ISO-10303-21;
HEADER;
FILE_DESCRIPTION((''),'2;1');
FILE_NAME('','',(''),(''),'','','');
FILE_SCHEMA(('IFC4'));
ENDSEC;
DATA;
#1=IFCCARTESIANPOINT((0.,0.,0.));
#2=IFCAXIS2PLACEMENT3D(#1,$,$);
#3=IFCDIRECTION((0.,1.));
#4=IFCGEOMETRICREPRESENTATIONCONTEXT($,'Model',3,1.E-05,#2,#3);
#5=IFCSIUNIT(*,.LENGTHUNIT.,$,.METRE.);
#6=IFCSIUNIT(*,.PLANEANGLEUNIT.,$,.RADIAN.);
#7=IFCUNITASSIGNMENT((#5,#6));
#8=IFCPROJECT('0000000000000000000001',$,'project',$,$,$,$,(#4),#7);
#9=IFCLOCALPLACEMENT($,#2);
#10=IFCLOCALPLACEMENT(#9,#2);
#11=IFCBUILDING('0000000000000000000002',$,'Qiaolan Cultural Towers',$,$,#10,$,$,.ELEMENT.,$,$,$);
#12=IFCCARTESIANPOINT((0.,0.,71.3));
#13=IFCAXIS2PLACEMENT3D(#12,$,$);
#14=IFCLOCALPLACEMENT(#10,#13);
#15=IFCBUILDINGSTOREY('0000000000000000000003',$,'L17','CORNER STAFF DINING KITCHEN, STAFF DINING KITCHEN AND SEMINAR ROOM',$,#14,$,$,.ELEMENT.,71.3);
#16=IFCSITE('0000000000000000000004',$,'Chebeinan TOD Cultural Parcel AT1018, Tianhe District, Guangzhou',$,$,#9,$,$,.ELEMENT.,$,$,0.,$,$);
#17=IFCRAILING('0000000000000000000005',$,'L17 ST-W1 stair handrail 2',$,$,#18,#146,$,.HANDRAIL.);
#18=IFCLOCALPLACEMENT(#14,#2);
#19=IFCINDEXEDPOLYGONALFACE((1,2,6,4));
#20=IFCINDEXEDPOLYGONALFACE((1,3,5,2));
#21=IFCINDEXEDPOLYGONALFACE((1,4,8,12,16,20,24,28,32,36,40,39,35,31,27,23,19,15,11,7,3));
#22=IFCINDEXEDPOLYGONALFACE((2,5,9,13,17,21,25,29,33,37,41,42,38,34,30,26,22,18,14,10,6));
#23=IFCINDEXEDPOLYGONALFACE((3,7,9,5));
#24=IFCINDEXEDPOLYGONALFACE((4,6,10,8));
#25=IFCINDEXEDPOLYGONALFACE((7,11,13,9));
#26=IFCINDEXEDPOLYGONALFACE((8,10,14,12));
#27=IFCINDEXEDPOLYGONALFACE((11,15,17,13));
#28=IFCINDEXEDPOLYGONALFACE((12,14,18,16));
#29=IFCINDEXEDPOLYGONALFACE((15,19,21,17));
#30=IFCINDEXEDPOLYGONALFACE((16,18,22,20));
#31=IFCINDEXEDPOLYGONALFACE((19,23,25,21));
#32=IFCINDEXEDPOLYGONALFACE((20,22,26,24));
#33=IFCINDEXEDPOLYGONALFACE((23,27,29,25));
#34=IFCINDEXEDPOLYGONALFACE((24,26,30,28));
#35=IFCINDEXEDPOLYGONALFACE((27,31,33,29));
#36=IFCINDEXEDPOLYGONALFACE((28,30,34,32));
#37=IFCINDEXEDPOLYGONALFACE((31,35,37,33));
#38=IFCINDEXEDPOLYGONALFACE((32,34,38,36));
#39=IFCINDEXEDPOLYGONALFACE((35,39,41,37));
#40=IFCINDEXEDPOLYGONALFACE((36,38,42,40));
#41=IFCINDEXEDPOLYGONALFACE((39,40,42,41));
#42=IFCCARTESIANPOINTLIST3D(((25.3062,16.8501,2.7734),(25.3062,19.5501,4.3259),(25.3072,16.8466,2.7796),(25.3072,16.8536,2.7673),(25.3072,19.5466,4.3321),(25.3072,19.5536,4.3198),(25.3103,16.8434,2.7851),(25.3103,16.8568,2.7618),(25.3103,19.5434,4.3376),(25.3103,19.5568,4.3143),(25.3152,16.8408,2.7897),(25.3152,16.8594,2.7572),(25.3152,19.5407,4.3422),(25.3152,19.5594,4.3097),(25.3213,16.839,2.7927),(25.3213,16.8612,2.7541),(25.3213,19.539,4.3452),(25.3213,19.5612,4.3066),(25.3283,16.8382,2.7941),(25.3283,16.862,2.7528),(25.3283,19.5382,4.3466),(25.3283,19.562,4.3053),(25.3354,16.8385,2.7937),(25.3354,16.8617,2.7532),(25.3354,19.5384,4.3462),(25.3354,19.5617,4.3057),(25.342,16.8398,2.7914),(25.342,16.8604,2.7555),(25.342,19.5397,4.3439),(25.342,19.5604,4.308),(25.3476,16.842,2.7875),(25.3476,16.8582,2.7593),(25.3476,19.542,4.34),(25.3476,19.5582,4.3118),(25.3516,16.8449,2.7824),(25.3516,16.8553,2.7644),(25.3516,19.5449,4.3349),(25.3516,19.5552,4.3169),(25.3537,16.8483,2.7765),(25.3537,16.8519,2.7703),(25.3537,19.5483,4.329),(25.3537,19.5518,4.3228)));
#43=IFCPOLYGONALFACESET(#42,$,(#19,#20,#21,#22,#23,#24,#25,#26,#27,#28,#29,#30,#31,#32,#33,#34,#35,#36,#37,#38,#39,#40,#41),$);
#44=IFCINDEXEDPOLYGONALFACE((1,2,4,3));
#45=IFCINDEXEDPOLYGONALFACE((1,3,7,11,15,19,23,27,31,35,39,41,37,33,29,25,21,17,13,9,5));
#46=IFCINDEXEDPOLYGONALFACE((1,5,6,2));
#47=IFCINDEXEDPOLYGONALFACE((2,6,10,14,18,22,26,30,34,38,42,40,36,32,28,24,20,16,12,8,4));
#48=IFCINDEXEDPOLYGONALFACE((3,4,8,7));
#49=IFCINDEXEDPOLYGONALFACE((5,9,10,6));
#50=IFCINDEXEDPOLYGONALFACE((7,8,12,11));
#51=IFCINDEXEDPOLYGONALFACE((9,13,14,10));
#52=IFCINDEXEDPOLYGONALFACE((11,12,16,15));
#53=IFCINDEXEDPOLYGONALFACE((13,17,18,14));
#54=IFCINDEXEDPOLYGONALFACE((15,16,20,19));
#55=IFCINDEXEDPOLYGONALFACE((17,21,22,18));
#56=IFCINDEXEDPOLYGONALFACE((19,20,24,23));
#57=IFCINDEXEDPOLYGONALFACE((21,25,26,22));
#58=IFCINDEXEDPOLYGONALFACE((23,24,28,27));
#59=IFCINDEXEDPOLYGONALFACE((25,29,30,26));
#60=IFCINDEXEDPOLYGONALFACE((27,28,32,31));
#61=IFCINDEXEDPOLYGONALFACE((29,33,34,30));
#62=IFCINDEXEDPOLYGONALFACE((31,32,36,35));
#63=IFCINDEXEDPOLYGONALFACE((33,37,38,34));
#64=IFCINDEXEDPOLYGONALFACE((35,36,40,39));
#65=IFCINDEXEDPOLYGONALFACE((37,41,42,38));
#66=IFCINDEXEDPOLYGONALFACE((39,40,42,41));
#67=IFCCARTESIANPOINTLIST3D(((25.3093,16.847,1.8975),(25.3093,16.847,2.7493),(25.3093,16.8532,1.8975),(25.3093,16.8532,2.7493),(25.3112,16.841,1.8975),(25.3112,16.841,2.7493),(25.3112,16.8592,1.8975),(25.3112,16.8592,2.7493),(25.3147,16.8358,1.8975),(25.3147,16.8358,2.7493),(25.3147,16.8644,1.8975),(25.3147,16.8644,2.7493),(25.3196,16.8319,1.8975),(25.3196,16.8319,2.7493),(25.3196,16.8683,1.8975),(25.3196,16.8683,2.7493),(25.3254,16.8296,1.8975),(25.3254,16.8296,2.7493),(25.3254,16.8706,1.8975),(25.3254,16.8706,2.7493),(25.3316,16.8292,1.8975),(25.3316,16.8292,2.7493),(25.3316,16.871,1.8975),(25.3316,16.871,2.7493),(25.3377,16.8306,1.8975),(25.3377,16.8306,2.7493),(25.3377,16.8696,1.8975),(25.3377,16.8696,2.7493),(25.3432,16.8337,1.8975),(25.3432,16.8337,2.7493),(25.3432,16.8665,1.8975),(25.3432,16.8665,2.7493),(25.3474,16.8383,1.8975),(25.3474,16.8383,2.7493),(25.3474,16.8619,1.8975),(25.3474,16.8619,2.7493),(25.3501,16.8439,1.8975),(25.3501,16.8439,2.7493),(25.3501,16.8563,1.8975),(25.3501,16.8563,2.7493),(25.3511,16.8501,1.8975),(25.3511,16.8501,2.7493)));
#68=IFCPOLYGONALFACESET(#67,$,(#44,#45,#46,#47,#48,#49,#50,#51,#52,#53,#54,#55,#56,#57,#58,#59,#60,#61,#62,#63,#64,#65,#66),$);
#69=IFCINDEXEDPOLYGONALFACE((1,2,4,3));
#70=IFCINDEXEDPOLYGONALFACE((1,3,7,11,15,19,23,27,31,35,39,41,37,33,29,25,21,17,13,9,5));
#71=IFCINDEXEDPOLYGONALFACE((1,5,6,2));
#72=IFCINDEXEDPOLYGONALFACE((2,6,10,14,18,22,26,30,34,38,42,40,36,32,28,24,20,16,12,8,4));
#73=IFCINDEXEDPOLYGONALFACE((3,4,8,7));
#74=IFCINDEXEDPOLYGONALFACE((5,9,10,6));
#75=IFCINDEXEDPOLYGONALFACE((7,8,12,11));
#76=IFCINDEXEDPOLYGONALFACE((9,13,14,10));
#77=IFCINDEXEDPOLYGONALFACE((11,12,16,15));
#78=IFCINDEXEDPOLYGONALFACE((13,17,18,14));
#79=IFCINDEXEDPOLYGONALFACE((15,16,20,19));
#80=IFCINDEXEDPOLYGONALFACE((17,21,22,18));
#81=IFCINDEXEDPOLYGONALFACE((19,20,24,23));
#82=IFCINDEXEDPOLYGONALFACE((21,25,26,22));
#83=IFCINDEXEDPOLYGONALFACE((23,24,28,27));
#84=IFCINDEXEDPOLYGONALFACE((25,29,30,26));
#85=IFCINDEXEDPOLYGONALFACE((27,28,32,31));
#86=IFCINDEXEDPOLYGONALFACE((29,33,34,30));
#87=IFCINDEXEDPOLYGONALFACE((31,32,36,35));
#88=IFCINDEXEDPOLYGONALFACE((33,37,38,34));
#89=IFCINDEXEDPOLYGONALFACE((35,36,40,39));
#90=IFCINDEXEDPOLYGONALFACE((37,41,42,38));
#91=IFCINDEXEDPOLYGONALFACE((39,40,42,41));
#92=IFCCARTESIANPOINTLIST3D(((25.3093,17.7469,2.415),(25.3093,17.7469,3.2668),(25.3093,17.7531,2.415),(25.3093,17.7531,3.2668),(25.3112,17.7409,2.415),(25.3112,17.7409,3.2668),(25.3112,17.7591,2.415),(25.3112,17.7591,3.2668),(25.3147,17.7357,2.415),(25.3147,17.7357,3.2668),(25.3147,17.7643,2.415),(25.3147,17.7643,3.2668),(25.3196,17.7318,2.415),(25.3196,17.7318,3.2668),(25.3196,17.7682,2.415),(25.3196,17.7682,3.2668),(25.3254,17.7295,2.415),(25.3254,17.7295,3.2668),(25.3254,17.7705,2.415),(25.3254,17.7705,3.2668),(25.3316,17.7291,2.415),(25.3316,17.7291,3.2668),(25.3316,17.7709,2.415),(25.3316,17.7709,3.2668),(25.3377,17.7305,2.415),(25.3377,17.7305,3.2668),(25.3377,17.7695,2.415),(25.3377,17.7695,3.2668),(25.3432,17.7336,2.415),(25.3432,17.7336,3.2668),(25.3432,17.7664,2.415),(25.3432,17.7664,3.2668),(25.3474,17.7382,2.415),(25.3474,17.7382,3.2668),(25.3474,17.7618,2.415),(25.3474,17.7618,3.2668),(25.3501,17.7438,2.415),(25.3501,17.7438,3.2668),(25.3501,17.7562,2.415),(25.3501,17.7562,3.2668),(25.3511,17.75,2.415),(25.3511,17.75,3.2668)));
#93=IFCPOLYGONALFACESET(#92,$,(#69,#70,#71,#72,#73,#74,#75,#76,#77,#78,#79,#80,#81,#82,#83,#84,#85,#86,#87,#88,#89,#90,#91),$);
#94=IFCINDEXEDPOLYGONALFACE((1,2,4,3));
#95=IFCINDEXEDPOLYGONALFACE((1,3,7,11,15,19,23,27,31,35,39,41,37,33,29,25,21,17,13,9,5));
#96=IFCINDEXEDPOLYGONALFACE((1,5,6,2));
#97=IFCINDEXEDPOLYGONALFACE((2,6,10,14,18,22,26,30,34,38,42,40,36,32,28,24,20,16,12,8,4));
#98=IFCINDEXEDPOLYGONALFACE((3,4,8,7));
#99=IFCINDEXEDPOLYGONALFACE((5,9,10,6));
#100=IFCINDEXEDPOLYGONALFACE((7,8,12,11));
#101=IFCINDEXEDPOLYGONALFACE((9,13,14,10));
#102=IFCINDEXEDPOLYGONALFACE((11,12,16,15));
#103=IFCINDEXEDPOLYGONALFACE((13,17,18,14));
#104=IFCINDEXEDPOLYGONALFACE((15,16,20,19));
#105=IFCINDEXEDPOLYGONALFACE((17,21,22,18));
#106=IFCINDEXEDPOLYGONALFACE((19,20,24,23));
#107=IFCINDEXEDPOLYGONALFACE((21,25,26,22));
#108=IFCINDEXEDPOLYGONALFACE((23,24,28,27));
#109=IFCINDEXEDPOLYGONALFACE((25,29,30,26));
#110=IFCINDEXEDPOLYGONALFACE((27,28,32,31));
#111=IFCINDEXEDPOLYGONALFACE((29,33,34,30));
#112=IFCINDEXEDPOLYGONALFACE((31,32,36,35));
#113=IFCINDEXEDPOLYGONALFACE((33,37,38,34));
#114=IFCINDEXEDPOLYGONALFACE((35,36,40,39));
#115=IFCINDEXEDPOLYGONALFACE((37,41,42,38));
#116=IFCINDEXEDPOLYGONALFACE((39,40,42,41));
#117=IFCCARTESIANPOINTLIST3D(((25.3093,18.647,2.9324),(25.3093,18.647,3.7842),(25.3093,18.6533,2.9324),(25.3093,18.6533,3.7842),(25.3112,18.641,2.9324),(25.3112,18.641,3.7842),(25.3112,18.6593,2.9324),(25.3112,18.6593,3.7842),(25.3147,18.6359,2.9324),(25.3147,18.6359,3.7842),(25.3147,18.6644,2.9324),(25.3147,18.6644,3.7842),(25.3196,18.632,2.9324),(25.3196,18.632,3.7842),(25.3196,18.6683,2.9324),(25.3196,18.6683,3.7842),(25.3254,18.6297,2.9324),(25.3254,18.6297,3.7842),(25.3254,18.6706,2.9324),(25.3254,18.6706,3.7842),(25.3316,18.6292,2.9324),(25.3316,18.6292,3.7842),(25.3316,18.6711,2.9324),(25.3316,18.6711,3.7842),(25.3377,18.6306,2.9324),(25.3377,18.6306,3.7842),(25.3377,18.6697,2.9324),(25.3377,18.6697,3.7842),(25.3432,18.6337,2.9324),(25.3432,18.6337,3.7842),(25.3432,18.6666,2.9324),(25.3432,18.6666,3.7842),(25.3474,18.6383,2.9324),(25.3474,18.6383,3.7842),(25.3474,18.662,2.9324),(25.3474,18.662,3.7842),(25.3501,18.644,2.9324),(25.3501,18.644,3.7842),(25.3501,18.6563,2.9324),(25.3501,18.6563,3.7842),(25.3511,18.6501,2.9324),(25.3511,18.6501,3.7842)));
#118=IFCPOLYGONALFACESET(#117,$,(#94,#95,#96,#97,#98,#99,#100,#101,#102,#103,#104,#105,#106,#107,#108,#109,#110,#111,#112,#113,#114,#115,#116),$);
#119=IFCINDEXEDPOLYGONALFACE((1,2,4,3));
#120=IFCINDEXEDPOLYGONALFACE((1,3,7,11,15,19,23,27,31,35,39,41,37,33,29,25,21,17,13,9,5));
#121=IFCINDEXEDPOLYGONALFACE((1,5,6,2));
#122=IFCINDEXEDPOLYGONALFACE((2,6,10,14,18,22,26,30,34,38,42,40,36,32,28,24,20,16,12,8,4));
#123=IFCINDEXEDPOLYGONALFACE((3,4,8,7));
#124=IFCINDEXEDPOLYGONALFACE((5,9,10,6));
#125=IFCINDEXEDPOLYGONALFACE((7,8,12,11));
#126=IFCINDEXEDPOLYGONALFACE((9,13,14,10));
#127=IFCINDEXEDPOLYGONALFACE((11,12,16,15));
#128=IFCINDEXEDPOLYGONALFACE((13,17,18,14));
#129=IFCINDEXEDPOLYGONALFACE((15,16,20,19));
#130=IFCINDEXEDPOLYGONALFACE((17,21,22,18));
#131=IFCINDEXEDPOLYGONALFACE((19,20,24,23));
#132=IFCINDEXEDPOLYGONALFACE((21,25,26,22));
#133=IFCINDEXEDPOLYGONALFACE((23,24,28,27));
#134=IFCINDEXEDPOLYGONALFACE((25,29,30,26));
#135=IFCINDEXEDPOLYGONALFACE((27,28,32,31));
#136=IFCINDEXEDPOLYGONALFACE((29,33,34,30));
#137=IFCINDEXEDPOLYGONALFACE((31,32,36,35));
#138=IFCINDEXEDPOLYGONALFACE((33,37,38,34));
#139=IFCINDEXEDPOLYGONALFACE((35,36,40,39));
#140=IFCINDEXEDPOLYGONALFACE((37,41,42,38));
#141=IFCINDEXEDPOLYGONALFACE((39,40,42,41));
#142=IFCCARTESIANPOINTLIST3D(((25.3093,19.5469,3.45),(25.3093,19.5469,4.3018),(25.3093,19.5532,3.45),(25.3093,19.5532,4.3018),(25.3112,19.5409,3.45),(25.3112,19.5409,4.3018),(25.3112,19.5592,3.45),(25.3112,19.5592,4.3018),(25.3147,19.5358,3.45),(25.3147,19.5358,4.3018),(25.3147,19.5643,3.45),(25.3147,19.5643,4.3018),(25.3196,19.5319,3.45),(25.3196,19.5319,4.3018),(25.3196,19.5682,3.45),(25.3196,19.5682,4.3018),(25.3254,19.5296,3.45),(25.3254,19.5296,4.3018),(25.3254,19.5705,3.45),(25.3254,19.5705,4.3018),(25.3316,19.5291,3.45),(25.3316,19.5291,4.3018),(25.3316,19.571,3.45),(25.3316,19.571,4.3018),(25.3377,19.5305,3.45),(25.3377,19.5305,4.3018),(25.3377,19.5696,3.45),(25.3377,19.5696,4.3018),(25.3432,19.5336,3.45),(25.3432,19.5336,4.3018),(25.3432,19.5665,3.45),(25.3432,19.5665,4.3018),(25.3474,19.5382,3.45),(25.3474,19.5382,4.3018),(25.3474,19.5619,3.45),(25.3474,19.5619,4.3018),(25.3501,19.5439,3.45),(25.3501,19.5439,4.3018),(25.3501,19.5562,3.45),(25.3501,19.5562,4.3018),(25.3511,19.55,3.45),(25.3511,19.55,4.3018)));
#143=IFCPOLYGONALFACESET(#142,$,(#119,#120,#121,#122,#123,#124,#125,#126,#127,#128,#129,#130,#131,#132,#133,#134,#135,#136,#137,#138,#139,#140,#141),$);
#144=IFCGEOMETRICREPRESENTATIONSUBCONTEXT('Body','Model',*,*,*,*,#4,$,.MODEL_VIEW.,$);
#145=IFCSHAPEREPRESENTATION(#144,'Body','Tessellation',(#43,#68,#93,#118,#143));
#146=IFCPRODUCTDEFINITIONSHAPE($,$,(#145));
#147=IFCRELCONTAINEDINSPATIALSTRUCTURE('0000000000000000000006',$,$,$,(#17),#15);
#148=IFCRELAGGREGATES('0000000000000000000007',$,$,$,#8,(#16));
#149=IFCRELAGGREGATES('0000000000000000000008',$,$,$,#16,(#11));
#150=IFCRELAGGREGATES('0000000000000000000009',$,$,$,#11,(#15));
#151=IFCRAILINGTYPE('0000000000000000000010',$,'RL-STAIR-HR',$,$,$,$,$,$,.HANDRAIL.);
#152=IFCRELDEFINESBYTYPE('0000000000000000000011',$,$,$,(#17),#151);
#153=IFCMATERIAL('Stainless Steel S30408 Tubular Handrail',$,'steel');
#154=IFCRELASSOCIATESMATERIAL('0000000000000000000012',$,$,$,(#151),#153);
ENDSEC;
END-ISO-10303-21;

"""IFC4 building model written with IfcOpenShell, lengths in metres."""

from ifc_helpers import new_model, si_unit, direction, frame, origin, origin_2d, place, context, subcontext, project, spatial, circle, extrude, material, type_object, element, save


model = new_model("IFC4")

# Units and contexts
model_context = context("Model", 3, precision=1e-05, world=origin(), true_north=direction((0.0, 1.0)))
body_context = subcontext(model_context, "Body", "Model", "MODEL_VIEW")
ifc_project = project(units=[si_unit("LENGTHUNIT", "METRE"), si_unit("PLANEANGLEUNIT", "RADIAN")], contexts=[model_context])

# Site, building, storey
site_placement = place(None, origin())
site = spatial("IfcSite", under=ifc_project, at=site_placement, Name="Chebeinan TOD Cultural Parcel AT1018, Tianhe District, Guangzhou", CompositionType="ELEMENT", RefElevation=0.0)
building_placement = place(site_placement, origin())
building = spatial("IfcBuilding", under=site, at=building_placement, Name="Qiaolan Cultural Towers", CompositionType="ELEMENT")
storey_placement = place(building_placement, frame((0.0, 0.0, 71.3)))
storey = spatial("IfcBuildingStorey", under=building, at=storey_placement, Name="L17", Description="CORNER STAFF DINING KITCHEN, STAFF DINING KITCHEN AND SEMINAR ROOM", CompositionType="ELEMENT", Elevation=71.3)

# Railing
ifc_material_1 = material(Name="Stainless Steel S30408 Tubular Handrail", Category="steel")
railing_type_1 = type_object("IfcRailingType", Name="RL-STAIR-HR", PredefinedType="HANDRAIL", material=ifc_material_1)
railing_1_placement = place(storey_placement, frame((25.3301, 16.8501, 1.8975)))
element("IfcRailing", 1, at=railing_1_placement, inside=storey, type_object=railing_type_1, Name="L17 ST-W1 stair handrail 2", PredefinedType="HANDRAIL", context=body_context, shape_type="SweptSolid", body=[
    extrude(circle(Radius=0.0239, at=origin_2d()), frame((0.0, 0.0, 0.876), z_axis=(0.0, 0.866904, 0.498476), x_axis=(-1.0, 0.0, 0.0)), (0.0, 0.0, 1.0), 3.1145),
    extrude(circle(Radius=0.021, at=origin_2d()), origin(), (0.0, 0.0, 1.0), 0.8518),
    extrude(circle(Radius=0.021, at=origin_2d()), frame((0.0, 0.8999, 0.5176)), (0.0, 0.0, 1.0), 0.8518),
    extrude(circle(Radius=0.021, at=origin_2d()), frame((0.0, 1.8, 1.0349)), (0.0, 0.0, 1.0), 0.8518),
    extrude(circle(Radius=0.021, at=origin_2d()), frame((0.0, 2.7, 1.5525)), (0.0, 0.0, 1.0), 0.8518),
])

save(model, "model.ifc")
